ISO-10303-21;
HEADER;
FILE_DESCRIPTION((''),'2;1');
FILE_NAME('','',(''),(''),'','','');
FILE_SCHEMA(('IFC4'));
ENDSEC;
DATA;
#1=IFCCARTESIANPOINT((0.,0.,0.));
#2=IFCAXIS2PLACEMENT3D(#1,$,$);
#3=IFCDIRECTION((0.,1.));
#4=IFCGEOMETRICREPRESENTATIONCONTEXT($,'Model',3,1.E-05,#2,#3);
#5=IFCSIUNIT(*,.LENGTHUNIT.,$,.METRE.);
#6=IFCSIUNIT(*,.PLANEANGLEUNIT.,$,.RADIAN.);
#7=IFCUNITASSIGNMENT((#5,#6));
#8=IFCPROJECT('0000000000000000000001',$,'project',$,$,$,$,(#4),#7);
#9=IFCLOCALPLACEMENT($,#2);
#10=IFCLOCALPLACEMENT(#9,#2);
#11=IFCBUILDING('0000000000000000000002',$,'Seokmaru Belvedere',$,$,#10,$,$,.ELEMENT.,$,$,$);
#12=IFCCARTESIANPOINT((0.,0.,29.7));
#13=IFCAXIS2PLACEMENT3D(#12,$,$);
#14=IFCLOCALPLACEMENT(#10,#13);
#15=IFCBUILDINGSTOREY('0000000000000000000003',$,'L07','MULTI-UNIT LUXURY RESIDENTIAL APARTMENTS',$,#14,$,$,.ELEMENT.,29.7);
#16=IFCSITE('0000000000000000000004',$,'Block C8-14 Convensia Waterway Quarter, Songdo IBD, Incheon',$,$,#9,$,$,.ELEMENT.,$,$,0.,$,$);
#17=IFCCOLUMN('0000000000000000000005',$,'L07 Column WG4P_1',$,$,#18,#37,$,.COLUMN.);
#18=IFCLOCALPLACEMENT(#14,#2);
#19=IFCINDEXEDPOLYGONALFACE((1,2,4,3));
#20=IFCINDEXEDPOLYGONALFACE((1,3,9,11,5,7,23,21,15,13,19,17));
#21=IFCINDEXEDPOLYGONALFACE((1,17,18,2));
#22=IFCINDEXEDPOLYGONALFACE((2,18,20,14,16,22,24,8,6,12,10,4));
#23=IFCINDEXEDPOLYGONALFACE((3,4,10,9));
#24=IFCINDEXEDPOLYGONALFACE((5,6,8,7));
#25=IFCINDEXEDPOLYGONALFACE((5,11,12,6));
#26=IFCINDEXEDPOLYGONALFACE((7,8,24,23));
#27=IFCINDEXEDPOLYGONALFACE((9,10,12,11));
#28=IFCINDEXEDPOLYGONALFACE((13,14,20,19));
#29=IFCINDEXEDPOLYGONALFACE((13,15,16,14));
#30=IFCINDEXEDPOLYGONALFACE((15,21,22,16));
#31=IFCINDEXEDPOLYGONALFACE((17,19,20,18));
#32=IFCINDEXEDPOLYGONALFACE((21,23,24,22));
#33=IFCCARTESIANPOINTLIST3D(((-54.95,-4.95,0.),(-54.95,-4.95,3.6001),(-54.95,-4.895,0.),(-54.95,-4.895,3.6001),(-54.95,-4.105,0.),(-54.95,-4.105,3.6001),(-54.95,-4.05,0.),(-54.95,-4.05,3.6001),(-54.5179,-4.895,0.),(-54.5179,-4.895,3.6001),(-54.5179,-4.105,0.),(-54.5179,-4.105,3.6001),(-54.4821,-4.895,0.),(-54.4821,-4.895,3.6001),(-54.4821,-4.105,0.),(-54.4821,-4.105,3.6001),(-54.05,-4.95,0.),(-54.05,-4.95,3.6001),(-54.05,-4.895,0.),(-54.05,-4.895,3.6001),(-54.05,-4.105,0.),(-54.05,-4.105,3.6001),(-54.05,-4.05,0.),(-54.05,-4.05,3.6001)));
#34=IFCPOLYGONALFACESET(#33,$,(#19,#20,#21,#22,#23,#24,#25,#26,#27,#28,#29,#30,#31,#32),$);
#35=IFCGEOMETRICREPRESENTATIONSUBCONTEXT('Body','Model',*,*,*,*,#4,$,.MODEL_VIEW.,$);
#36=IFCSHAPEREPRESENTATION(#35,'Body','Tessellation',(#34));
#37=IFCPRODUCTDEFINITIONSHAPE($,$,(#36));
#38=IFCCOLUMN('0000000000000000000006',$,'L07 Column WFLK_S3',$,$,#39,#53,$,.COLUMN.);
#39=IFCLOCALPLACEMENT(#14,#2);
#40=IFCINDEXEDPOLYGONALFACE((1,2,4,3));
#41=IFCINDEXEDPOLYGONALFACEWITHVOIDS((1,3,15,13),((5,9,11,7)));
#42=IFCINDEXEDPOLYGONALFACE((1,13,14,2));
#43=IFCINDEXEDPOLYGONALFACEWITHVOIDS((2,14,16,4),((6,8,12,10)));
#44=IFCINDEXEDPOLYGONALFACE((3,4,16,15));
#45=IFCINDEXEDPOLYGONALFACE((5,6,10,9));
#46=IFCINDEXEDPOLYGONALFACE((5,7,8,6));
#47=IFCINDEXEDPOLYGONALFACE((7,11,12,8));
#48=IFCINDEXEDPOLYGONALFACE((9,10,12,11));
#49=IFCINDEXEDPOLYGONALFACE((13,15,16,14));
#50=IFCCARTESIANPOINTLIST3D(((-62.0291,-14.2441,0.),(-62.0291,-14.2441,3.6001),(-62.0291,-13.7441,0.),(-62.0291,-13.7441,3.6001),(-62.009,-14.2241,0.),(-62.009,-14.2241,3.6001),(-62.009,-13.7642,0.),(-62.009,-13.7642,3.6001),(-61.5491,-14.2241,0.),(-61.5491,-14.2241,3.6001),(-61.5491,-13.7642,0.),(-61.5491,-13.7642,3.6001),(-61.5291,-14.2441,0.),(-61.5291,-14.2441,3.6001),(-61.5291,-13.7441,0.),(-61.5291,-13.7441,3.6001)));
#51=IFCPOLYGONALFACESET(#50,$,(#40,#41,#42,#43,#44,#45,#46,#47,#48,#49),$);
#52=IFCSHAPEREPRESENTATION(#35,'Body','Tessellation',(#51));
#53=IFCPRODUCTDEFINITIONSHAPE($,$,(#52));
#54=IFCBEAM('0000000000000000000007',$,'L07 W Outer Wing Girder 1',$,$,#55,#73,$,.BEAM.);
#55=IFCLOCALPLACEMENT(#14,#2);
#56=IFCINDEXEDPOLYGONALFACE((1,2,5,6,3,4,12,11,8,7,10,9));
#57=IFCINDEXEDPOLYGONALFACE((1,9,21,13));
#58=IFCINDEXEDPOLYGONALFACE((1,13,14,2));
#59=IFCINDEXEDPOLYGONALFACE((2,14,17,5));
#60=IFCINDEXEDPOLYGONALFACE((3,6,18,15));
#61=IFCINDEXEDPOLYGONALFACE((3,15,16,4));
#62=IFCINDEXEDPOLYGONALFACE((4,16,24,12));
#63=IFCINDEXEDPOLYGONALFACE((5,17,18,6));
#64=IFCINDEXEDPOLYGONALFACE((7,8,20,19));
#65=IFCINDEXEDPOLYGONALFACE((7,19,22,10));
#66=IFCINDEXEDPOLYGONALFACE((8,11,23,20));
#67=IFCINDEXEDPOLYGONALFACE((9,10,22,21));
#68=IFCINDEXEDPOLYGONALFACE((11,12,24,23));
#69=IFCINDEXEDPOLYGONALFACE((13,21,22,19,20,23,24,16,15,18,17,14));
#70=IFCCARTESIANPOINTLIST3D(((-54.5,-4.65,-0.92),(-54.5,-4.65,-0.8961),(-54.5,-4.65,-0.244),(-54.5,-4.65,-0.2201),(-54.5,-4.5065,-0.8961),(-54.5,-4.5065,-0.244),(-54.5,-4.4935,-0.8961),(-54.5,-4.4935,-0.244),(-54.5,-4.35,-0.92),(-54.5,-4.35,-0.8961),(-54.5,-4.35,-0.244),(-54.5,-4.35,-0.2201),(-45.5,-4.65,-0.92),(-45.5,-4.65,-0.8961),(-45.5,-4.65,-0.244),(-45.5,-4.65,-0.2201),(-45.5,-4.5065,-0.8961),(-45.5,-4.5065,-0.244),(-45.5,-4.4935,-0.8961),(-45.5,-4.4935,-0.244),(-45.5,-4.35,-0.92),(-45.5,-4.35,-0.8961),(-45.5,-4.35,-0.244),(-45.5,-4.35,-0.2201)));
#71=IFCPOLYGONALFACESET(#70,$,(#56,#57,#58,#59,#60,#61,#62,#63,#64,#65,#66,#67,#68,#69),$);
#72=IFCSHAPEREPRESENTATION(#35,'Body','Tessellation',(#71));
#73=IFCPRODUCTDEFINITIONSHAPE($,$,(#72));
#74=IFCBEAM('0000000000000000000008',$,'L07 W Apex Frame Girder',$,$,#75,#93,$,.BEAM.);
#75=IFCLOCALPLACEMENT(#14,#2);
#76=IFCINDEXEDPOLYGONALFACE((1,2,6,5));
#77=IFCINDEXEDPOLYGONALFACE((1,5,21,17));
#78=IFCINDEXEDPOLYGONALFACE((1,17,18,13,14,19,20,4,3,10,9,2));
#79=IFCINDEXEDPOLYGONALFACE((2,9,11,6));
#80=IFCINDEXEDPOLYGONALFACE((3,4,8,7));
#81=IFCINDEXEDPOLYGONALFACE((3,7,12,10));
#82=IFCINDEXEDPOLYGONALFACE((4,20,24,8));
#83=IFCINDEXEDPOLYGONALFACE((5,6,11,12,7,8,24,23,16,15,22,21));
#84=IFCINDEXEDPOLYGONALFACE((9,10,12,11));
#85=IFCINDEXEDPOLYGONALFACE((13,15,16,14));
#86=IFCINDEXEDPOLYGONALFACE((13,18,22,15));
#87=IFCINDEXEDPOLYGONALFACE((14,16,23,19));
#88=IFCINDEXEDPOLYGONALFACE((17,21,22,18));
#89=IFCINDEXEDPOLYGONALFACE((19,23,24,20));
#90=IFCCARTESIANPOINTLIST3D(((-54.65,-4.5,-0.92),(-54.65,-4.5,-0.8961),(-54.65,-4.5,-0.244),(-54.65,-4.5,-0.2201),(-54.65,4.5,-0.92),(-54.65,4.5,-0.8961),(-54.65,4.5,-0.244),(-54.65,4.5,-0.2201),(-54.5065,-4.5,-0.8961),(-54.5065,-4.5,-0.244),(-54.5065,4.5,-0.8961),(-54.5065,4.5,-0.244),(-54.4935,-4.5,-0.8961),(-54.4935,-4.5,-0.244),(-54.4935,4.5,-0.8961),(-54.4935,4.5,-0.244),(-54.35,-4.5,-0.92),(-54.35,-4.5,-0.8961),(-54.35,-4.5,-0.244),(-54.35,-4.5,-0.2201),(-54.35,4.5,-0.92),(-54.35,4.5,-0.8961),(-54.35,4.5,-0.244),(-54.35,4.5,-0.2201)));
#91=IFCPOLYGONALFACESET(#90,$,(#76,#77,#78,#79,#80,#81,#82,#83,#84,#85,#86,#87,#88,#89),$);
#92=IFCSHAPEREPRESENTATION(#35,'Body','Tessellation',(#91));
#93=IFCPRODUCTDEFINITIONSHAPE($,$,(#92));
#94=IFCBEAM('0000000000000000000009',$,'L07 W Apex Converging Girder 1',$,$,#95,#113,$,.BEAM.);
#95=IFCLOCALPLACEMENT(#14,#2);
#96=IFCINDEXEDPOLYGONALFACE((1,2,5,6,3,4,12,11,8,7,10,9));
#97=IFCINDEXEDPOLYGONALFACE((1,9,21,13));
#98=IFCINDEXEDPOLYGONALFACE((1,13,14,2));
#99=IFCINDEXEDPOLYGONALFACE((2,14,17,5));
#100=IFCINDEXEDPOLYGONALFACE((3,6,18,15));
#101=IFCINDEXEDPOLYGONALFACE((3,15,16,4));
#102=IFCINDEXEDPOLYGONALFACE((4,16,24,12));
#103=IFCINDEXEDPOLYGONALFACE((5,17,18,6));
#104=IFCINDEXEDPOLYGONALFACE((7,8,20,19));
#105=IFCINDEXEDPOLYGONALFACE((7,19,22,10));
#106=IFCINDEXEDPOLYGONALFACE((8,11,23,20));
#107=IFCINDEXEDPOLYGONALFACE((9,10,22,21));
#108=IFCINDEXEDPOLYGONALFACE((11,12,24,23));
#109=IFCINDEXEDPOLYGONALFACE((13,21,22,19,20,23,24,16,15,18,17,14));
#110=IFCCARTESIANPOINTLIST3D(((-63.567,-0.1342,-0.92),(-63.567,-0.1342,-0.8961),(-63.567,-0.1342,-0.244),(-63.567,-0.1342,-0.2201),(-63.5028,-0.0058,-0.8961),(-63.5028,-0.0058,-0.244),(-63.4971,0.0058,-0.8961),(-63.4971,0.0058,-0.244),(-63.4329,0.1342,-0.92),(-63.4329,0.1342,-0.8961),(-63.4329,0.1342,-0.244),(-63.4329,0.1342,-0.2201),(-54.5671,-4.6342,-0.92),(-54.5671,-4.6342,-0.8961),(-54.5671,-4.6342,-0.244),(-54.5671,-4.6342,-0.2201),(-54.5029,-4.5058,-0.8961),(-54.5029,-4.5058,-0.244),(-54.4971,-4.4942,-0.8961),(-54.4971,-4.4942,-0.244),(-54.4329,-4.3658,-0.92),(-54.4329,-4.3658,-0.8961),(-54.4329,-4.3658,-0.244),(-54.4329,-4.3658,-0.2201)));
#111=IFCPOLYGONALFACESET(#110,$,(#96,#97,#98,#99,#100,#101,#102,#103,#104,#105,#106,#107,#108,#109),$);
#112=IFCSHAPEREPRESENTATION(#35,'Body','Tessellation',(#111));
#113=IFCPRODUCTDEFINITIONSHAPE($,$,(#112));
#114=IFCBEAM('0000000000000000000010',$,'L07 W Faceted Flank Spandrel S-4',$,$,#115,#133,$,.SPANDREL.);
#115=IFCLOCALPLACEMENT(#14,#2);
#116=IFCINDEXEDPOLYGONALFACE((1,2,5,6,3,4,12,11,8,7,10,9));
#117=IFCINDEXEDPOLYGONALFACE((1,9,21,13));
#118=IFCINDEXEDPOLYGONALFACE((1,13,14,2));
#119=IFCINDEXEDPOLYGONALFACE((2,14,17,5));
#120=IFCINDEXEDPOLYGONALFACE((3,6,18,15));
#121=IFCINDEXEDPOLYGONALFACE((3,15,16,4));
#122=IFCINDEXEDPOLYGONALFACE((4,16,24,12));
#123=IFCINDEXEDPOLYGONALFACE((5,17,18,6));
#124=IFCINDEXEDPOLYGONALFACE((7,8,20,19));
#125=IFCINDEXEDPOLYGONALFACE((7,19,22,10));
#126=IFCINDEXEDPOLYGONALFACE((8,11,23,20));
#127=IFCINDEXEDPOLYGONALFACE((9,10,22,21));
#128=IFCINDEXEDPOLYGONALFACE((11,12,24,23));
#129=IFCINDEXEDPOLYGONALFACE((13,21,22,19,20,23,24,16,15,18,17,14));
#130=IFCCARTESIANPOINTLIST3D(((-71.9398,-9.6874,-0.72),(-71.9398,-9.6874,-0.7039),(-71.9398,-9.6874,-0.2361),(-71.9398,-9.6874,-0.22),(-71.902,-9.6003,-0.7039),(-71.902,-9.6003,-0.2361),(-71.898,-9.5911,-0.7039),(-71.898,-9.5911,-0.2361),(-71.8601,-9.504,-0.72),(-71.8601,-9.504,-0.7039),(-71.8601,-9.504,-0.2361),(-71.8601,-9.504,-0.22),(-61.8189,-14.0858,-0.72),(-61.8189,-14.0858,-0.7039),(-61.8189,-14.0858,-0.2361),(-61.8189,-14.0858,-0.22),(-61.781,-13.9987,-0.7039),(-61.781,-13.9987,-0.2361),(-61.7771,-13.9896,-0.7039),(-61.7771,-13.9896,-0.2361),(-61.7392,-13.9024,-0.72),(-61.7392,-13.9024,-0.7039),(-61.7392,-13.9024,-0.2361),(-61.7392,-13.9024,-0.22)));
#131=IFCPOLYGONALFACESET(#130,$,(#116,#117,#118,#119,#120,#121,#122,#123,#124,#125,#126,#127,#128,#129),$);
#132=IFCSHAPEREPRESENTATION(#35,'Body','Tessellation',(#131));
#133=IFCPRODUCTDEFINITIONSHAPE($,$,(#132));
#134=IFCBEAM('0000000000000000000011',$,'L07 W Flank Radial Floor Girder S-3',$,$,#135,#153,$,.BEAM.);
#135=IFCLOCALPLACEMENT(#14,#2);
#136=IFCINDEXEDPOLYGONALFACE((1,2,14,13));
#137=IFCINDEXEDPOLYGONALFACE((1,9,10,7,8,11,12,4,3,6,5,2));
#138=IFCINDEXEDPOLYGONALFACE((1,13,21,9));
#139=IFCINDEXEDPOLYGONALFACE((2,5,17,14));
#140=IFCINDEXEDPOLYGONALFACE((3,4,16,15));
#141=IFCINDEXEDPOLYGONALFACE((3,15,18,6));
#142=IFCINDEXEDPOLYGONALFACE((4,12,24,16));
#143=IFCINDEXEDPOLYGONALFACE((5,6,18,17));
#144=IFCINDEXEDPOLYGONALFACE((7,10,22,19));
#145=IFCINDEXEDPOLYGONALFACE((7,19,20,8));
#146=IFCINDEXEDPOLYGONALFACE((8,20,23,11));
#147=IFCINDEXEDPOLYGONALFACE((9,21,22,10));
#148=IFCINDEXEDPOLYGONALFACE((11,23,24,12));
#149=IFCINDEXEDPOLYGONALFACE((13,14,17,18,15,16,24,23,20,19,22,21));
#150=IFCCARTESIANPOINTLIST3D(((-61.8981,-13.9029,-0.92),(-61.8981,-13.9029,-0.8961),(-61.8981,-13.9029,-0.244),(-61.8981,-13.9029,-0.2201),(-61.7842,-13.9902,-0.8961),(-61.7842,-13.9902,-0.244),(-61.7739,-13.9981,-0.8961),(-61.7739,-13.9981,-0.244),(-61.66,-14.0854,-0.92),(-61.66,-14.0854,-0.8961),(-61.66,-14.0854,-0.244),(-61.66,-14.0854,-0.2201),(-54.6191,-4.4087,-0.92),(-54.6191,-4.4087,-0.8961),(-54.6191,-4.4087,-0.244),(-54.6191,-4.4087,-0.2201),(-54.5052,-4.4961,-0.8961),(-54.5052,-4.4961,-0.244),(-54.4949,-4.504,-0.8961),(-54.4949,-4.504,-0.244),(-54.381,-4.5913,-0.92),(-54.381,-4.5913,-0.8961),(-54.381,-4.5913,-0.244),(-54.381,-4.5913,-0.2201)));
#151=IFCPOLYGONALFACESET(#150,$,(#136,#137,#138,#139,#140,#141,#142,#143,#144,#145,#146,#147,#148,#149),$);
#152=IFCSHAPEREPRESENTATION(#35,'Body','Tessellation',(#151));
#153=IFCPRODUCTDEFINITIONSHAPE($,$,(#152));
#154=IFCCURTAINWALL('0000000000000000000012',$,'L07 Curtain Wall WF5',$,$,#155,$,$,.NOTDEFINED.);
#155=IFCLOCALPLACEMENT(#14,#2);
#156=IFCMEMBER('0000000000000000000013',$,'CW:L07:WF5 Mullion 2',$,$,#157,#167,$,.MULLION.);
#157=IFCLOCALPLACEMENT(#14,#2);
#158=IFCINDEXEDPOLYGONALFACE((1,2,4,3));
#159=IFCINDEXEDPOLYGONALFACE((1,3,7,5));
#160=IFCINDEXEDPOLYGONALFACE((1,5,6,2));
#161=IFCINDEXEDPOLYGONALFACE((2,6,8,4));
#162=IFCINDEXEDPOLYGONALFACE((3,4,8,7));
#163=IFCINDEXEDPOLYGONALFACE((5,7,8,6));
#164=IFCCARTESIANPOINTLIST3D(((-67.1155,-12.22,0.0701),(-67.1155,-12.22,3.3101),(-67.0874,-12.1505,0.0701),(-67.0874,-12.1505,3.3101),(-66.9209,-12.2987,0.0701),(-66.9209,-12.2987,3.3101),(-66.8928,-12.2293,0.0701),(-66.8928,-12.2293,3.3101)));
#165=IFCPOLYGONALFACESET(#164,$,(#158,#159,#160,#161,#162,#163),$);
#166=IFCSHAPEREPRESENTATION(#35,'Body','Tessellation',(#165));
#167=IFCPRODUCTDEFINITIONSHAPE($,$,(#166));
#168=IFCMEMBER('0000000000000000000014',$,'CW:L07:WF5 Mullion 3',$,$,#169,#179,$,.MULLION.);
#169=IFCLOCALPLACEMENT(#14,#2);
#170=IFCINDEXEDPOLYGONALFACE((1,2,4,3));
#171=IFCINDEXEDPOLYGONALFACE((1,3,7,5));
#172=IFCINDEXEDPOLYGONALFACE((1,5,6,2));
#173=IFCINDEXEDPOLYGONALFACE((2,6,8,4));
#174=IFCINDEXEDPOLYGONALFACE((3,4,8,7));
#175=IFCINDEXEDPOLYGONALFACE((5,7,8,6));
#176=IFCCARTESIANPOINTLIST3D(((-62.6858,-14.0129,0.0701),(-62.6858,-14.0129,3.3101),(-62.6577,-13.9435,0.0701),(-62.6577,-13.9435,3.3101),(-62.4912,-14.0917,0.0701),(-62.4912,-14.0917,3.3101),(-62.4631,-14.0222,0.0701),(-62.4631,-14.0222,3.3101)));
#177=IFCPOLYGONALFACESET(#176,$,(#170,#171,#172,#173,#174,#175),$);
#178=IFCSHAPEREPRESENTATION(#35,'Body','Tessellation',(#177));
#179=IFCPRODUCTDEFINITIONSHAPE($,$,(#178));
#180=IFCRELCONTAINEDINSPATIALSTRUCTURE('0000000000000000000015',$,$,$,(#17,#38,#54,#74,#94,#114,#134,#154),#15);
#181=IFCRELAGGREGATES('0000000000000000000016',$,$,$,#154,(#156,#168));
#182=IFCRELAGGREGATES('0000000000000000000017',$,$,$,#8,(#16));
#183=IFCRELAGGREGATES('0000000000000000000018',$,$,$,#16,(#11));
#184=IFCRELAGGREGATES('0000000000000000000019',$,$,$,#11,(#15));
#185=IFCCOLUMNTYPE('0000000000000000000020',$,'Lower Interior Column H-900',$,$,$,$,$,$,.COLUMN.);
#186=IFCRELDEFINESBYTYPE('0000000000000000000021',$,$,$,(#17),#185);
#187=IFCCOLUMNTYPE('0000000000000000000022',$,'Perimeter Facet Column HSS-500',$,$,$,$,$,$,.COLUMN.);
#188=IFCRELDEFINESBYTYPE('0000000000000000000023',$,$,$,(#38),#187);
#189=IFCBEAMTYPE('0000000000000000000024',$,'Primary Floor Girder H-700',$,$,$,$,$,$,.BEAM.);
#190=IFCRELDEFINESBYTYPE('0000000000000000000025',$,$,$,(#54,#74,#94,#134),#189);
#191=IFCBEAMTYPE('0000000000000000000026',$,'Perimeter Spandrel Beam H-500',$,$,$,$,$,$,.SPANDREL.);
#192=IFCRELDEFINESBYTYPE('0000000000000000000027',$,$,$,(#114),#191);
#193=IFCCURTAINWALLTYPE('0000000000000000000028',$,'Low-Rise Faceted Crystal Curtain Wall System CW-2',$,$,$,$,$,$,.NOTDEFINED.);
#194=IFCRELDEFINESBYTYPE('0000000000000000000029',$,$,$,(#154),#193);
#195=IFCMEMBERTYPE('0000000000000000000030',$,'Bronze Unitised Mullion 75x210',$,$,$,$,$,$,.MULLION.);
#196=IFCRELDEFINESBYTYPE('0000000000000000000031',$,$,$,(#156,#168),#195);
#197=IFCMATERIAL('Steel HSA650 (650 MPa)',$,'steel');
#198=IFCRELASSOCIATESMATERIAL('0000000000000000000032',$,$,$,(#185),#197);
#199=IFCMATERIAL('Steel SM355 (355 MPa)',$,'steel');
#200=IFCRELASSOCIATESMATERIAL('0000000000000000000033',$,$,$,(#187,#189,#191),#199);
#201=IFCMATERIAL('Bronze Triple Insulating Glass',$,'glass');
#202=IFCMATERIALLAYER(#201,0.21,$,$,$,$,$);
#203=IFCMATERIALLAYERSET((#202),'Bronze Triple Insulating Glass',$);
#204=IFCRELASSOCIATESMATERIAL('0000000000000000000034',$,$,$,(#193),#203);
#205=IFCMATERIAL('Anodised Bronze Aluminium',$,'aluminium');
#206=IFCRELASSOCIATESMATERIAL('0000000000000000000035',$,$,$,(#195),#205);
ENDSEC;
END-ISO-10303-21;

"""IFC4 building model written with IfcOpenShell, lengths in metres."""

from ifc_helpers import new_model, si_unit, direction, frame, origin, origin_2d, place, context, subcontext, project, spatial, rectangle, hollow_rectangle, i_section, extrude, source, transform, mapped, material, layer, layer_set, material_profile, profile_set, type_object, type_shapes, element, aggregate, save


model = new_model("IFC4")

# Units and contexts
model_context = context("Model", 3, precision=1e-05, world=origin(), true_north=direction((0.0, 1.0)))
body_context = subcontext(model_context, "Body", "Model", "MODEL_VIEW")
ifc_project = project(units=[si_unit("LENGTHUNIT", "METRE"), si_unit("PLANEANGLEUNIT", "RADIAN")], contexts=[model_context])

# Site, building, storey
site_placement = place(None, origin())
site = spatial("IfcSite", under=ifc_project, at=site_placement, Name="Block C8-14 Convensia Waterway Quarter, Songdo IBD, Incheon", CompositionType="ELEMENT", RefElevation=0.0)
building_placement = place(site_placement, origin())
building = spatial("IfcBuilding", under=site, at=building_placement, Name="Seokmaru Belvedere", CompositionType="ELEMENT")
storey_placement = place(building_placement, frame((0.0, 0.0, 29.7)))
storey = spatial("IfcBuildingStorey", under=building, at=storey_placement, Name="L07", Description="MULTI-UNIT LUXURY RESIDENTIAL APARTMENTS", CompositionType="ELEMENT", Elevation=29.7)

# Columns
ifc_material_1 = material(Name="Steel HSA650 (650 MPa)", Category="steel")
ifc_material_profile_1 = material_profile(ifc_material_1, i_section(OverallWidth=0.8999, OverallDepth=0.8999, WebThickness=0.0359, FlangeThickness=0.0549, at=origin_2d()), Name="H-900x900x36x55")
ifc_profile_set_1 = profile_set([ifc_material_profile_1], Name="Steel HSA650 (650 MPa)")
column_type_1 = type_object("IfcColumnType", Name="Lower Interior Column H-900", PredefinedType="COLUMN", material=ifc_profile_set_1)
shared_shape_1 = source(origin(), body_context, "Body", "SweptSolid", [
    extrude(i_section(OverallWidth=0.8999, OverallDepth=0.8999, WebThickness=0.0359, FlangeThickness=0.0549, at=origin_2d()), origin(), (0.0, 0.0, 1.0), 3.6001),
])
type_shapes(column_type_1, [shared_shape_1])
column_1_placement = place(storey_placement, frame((-54.5, -4.5, 0.0), z_axis=(0.0, 0.0, 1.0), x_axis=(1.0, 0.0, 0.0)))
element("IfcColumn", 1, at=column_1_placement, inside=storey, type_object=column_type_1, Name="L07 Column WG4P_1", PredefinedType="COLUMN", context=body_context, shape_type="MappedRepresentation", body=[
    mapped(shared_shape_1, transform((0.0, 0.0, 0.0), scale=1.0)),
])
ifc_material_2 = material(Name="Steel SM355 (355 MPa)", Category="steel")
ifc_material_profile_2 = material_profile(ifc_material_2, hollow_rectangle(XDim=0.5, YDim=0.5, WallThickness=0.02, at=origin_2d()), Name="HSS-500x500x20")
ifc_profile_set_2 = profile_set([ifc_material_profile_2], Name="Steel SM355 (355 MPa)")
column_type_2 = type_object("IfcColumnType", Name="Perimeter Facet Column HSS-500", PredefinedType="COLUMN", material=ifc_profile_set_2)
shared_shape_2 = source(origin(), body_context, "Body", "SweptSolid", [
    extrude(hollow_rectangle(XDim=0.5, YDim=0.5, WallThickness=0.02, at=origin_2d()), origin(), (0.0, 0.0, 1.0), 3.6001),
])
type_shapes(column_type_2, [shared_shape_2])
column_2_placement = place(storey_placement, frame((-61.7791, -13.9941, 0.0), z_axis=(0.0, 0.0, 1.0), x_axis=(1.0, 0.0, 0.0)))
element("IfcColumn", 2, at=column_2_placement, inside=storey, type_object=column_type_2, Name="L07 Column WFLK_S3", PredefinedType="COLUMN", context=body_context, shape_type="MappedRepresentation", body=[
    mapped(shared_shape_2, transform((0.0, 0.0, 0.0), scale=1.0)),
])

# Beams
ifc_material_profile_3 = material_profile(ifc_material_2, i_section(OverallWidth=0.3, OverallDepth=0.7, WebThickness=0.0129, FlangeThickness=0.0239, at=origin_2d()), Name="H-700x300x13x24")
ifc_profile_set_3 = profile_set([ifc_material_profile_3], Name="Steel SM355 (355 MPa)")
beam_type_1 = type_object("IfcBeamType", Name="Primary Floor Girder H-700", PredefinedType="BEAM", material=ifc_profile_set_3)
shared_shape_3 = source(origin(), body_context, "Body", "SweptSolid", [
    extrude(i_section(OverallWidth=0.3, OverallDepth=0.7, WebThickness=0.0129, FlangeThickness=0.0239, at=origin_2d()), origin(), (0.0, 0.0, 1.0), 9.0),
])
for number, where, z_axis, x_axis, name in (
    (3, (-54.5, -4.5, -0.5701), (1.0, 0.0, 0.0), (0.0, 1.0, 0.0), "L07 W Outer Wing Girder 1"),
    (4, (-54.5, -4.5, -0.5701), (0.0, 1.0, 0.0), (-1.0, 0.0, 0.0), "L07 W Apex Frame Girder"),
):
    element("IfcBeam", number, at=place(storey_placement, frame(where, z_axis=z_axis, x_axis=x_axis)), inside=storey, type_object=beam_type_1, Name=name, PredefinedType="BEAM", context=body_context, shape_type="MappedRepresentation", body=[
        mapped(shared_shape_3, transform((0.0, 0.0, 0.0), scale=1.0)),
    ])
shared_shape_4 = source(origin(), body_context, "Body", "SweptSolid", [
    extrude(i_section(OverallWidth=0.3, OverallDepth=0.7, WebThickness=0.0129, FlangeThickness=0.0239, at=origin_2d()), origin(), (0.0, 0.0, 1.0), 10.0623),
])
beam_1_placement = place(storey_placement, frame((-54.5, -4.5, -0.5701), z_axis=(-0.894427, 0.447214, 0.0), x_axis=(-0.447214, -0.894427, 0.0)))
element("IfcBeam", 5, at=beam_1_placement, inside=storey, type_object=beam_type_1, Name="L07 W Apex Converging Girder 1", PredefinedType="BEAM", context=body_context, shape_type="MappedRepresentation", body=[
    mapped(shared_shape_4, transform((0.0, 0.0, 0.0), scale=1.0)),
])
ifc_material_profile_4 = material_profile(ifc_material_2, i_section(OverallWidth=0.2, OverallDepth=0.5, WebThickness=0.01, FlangeThickness=0.0161, at=origin_2d()), Name="H-500x200x10x16")
ifc_profile_set_4 = profile_set([ifc_material_profile_4], Name="Steel SM355 (355 MPa)")
beam_type_2 = type_object("IfcBeamType", Name="Perimeter Spandrel Beam H-500", PredefinedType="SPANDREL", material=ifc_profile_set_4)
shared_shape_5 = source(origin(), body_context, "Body", "SweptSolid", [
    extrude(i_section(OverallWidth=0.2, OverallDepth=0.5, WebThickness=0.01, FlangeThickness=0.0161, at=origin_2d()), origin(), (0.0, 0.0, 1.0), 11.0354),
])
type_shapes(beam_type_2, [shared_shape_5])
beam_2_placement = place(storey_placement, frame((-61.7791, -13.9941, -0.47), z_axis=(-0.917134, 0.398579, 0.0), x_axis=(-0.398579, -0.917134, 0.0)))
element("IfcBeam", 6, at=beam_2_placement, inside=storey, type_object=beam_type_2, Name="L07 W Faceted Flank Spandrel S-4", PredefinedType="SPANDREL", context=body_context, shape_type="MappedRepresentation", body=[
    mapped(shared_shape_5, transform((0.0, 0.0, 0.0), scale=1.0)),
])
shared_shape_6 = source(origin(), body_context, "Body", "SweptSolid", [
    extrude(i_section(OverallWidth=0.3, OverallDepth=0.7, WebThickness=0.0129, FlangeThickness=0.0239, at=origin_2d()), origin(), (0.0, 0.0, 1.0), 11.9634),
])
type_shapes(beam_type_1, [shared_shape_3, shared_shape_4, shared_shape_6])
beam_3_placement = place(storey_placement, frame((-61.7791, -13.9941, -0.5701), z_axis=(0.608443, 0.793598, 0.0), x_axis=(-0.793598, 0.608443, 0.0)))
element("IfcBeam", 7, at=beam_3_placement, inside=storey, type_object=beam_type_1, Name="L07 W Flank Radial Floor Girder S-3", PredefinedType="BEAM", context=body_context, shape_type="MappedRepresentation", body=[
    mapped(shared_shape_6, transform((0.0, 0.0, 0.0), scale=1.0)),
])

# Curtain wall, members
ifc_material_3 = material(Name="Bronze Triple Insulating Glass", Category="glass")
ifc_layer_1 = layer(ifc_material_3, 0.21)
ifc_layer_set_1 = layer_set([ifc_layer_1], Name="Bronze Triple Insulating Glass")
curtain_wall_type = type_object("IfcCurtainWallType", Name="Low-Rise Faceted Crystal Curtain Wall System CW-2", PredefinedType="NOTDEFINED", material=ifc_layer_set_1)
curtain_wall_placement = place(storey_placement, origin())
curtain_wall = element("IfcCurtainWall", 8, at=curtain_wall_placement, inside=storey, type_object=curtain_wall_type, Name="L07 Curtain Wall WF5", PredefinedType="NOTDEFINED")
ifc_material_4 = material(Name="Anodised Bronze Aluminium", Category="aluminium")
ifc_material_profile_5 = material_profile(ifc_material_4, rectangle(XDim=0.075, YDim=0.21, at=origin_2d()), Name="CW-M-75x210")
ifc_profile_set_5 = profile_set([ifc_material_profile_5], Name="Anodised Bronze Aluminium")
member_type = type_object("IfcMemberType", Name="Bronze Unitised Mullion 75x210", PredefinedType="MULLION", material=ifc_profile_set_5)
shared_shape_7 = source(origin(), body_context, "Body", "SweptSolid", [
    extrude(rectangle(XDim=0.075, YDim=0.21, at=origin_2d()), origin(), (0.0, 0.0, 1.0), 3.24),
])
type_shapes(member_type, [shared_shape_7])
member_1_placement = place(storey_placement, frame((-67.0042, -12.2246, 0.0701), z_axis=(0.0, 0.0, 1.0), x_axis=(0.375192, 0.926947, 0.0)))
member_1 = element("IfcMember", 9, at=member_1_placement, type_object=member_type, Name="CW:L07:WF5 Mullion 2", PredefinedType="MULLION", context=body_context, shape_type="MappedRepresentation", body=[
    mapped(shared_shape_7, transform((0.0, 0.0, 0.0), scale=1.0)),
])
member_2_placement = place(storey_placement, frame((-62.5745, -14.0176, 0.0701), z_axis=(0.0, 0.0, 1.0), x_axis=(0.375192, 0.926947, 0.0)))
member_2 = element("IfcMember", 10, at=member_2_placement, type_object=member_type, Name="CW:L07:WF5 Mullion 3", PredefinedType="MULLION", context=body_context, shape_type="MappedRepresentation", body=[
    mapped(shared_shape_7, transform((0.0, 0.0, 0.0), scale=1.0)),
])
aggregate(curtain_wall, [member_1, member_2])

save(model, "model.ifc")
